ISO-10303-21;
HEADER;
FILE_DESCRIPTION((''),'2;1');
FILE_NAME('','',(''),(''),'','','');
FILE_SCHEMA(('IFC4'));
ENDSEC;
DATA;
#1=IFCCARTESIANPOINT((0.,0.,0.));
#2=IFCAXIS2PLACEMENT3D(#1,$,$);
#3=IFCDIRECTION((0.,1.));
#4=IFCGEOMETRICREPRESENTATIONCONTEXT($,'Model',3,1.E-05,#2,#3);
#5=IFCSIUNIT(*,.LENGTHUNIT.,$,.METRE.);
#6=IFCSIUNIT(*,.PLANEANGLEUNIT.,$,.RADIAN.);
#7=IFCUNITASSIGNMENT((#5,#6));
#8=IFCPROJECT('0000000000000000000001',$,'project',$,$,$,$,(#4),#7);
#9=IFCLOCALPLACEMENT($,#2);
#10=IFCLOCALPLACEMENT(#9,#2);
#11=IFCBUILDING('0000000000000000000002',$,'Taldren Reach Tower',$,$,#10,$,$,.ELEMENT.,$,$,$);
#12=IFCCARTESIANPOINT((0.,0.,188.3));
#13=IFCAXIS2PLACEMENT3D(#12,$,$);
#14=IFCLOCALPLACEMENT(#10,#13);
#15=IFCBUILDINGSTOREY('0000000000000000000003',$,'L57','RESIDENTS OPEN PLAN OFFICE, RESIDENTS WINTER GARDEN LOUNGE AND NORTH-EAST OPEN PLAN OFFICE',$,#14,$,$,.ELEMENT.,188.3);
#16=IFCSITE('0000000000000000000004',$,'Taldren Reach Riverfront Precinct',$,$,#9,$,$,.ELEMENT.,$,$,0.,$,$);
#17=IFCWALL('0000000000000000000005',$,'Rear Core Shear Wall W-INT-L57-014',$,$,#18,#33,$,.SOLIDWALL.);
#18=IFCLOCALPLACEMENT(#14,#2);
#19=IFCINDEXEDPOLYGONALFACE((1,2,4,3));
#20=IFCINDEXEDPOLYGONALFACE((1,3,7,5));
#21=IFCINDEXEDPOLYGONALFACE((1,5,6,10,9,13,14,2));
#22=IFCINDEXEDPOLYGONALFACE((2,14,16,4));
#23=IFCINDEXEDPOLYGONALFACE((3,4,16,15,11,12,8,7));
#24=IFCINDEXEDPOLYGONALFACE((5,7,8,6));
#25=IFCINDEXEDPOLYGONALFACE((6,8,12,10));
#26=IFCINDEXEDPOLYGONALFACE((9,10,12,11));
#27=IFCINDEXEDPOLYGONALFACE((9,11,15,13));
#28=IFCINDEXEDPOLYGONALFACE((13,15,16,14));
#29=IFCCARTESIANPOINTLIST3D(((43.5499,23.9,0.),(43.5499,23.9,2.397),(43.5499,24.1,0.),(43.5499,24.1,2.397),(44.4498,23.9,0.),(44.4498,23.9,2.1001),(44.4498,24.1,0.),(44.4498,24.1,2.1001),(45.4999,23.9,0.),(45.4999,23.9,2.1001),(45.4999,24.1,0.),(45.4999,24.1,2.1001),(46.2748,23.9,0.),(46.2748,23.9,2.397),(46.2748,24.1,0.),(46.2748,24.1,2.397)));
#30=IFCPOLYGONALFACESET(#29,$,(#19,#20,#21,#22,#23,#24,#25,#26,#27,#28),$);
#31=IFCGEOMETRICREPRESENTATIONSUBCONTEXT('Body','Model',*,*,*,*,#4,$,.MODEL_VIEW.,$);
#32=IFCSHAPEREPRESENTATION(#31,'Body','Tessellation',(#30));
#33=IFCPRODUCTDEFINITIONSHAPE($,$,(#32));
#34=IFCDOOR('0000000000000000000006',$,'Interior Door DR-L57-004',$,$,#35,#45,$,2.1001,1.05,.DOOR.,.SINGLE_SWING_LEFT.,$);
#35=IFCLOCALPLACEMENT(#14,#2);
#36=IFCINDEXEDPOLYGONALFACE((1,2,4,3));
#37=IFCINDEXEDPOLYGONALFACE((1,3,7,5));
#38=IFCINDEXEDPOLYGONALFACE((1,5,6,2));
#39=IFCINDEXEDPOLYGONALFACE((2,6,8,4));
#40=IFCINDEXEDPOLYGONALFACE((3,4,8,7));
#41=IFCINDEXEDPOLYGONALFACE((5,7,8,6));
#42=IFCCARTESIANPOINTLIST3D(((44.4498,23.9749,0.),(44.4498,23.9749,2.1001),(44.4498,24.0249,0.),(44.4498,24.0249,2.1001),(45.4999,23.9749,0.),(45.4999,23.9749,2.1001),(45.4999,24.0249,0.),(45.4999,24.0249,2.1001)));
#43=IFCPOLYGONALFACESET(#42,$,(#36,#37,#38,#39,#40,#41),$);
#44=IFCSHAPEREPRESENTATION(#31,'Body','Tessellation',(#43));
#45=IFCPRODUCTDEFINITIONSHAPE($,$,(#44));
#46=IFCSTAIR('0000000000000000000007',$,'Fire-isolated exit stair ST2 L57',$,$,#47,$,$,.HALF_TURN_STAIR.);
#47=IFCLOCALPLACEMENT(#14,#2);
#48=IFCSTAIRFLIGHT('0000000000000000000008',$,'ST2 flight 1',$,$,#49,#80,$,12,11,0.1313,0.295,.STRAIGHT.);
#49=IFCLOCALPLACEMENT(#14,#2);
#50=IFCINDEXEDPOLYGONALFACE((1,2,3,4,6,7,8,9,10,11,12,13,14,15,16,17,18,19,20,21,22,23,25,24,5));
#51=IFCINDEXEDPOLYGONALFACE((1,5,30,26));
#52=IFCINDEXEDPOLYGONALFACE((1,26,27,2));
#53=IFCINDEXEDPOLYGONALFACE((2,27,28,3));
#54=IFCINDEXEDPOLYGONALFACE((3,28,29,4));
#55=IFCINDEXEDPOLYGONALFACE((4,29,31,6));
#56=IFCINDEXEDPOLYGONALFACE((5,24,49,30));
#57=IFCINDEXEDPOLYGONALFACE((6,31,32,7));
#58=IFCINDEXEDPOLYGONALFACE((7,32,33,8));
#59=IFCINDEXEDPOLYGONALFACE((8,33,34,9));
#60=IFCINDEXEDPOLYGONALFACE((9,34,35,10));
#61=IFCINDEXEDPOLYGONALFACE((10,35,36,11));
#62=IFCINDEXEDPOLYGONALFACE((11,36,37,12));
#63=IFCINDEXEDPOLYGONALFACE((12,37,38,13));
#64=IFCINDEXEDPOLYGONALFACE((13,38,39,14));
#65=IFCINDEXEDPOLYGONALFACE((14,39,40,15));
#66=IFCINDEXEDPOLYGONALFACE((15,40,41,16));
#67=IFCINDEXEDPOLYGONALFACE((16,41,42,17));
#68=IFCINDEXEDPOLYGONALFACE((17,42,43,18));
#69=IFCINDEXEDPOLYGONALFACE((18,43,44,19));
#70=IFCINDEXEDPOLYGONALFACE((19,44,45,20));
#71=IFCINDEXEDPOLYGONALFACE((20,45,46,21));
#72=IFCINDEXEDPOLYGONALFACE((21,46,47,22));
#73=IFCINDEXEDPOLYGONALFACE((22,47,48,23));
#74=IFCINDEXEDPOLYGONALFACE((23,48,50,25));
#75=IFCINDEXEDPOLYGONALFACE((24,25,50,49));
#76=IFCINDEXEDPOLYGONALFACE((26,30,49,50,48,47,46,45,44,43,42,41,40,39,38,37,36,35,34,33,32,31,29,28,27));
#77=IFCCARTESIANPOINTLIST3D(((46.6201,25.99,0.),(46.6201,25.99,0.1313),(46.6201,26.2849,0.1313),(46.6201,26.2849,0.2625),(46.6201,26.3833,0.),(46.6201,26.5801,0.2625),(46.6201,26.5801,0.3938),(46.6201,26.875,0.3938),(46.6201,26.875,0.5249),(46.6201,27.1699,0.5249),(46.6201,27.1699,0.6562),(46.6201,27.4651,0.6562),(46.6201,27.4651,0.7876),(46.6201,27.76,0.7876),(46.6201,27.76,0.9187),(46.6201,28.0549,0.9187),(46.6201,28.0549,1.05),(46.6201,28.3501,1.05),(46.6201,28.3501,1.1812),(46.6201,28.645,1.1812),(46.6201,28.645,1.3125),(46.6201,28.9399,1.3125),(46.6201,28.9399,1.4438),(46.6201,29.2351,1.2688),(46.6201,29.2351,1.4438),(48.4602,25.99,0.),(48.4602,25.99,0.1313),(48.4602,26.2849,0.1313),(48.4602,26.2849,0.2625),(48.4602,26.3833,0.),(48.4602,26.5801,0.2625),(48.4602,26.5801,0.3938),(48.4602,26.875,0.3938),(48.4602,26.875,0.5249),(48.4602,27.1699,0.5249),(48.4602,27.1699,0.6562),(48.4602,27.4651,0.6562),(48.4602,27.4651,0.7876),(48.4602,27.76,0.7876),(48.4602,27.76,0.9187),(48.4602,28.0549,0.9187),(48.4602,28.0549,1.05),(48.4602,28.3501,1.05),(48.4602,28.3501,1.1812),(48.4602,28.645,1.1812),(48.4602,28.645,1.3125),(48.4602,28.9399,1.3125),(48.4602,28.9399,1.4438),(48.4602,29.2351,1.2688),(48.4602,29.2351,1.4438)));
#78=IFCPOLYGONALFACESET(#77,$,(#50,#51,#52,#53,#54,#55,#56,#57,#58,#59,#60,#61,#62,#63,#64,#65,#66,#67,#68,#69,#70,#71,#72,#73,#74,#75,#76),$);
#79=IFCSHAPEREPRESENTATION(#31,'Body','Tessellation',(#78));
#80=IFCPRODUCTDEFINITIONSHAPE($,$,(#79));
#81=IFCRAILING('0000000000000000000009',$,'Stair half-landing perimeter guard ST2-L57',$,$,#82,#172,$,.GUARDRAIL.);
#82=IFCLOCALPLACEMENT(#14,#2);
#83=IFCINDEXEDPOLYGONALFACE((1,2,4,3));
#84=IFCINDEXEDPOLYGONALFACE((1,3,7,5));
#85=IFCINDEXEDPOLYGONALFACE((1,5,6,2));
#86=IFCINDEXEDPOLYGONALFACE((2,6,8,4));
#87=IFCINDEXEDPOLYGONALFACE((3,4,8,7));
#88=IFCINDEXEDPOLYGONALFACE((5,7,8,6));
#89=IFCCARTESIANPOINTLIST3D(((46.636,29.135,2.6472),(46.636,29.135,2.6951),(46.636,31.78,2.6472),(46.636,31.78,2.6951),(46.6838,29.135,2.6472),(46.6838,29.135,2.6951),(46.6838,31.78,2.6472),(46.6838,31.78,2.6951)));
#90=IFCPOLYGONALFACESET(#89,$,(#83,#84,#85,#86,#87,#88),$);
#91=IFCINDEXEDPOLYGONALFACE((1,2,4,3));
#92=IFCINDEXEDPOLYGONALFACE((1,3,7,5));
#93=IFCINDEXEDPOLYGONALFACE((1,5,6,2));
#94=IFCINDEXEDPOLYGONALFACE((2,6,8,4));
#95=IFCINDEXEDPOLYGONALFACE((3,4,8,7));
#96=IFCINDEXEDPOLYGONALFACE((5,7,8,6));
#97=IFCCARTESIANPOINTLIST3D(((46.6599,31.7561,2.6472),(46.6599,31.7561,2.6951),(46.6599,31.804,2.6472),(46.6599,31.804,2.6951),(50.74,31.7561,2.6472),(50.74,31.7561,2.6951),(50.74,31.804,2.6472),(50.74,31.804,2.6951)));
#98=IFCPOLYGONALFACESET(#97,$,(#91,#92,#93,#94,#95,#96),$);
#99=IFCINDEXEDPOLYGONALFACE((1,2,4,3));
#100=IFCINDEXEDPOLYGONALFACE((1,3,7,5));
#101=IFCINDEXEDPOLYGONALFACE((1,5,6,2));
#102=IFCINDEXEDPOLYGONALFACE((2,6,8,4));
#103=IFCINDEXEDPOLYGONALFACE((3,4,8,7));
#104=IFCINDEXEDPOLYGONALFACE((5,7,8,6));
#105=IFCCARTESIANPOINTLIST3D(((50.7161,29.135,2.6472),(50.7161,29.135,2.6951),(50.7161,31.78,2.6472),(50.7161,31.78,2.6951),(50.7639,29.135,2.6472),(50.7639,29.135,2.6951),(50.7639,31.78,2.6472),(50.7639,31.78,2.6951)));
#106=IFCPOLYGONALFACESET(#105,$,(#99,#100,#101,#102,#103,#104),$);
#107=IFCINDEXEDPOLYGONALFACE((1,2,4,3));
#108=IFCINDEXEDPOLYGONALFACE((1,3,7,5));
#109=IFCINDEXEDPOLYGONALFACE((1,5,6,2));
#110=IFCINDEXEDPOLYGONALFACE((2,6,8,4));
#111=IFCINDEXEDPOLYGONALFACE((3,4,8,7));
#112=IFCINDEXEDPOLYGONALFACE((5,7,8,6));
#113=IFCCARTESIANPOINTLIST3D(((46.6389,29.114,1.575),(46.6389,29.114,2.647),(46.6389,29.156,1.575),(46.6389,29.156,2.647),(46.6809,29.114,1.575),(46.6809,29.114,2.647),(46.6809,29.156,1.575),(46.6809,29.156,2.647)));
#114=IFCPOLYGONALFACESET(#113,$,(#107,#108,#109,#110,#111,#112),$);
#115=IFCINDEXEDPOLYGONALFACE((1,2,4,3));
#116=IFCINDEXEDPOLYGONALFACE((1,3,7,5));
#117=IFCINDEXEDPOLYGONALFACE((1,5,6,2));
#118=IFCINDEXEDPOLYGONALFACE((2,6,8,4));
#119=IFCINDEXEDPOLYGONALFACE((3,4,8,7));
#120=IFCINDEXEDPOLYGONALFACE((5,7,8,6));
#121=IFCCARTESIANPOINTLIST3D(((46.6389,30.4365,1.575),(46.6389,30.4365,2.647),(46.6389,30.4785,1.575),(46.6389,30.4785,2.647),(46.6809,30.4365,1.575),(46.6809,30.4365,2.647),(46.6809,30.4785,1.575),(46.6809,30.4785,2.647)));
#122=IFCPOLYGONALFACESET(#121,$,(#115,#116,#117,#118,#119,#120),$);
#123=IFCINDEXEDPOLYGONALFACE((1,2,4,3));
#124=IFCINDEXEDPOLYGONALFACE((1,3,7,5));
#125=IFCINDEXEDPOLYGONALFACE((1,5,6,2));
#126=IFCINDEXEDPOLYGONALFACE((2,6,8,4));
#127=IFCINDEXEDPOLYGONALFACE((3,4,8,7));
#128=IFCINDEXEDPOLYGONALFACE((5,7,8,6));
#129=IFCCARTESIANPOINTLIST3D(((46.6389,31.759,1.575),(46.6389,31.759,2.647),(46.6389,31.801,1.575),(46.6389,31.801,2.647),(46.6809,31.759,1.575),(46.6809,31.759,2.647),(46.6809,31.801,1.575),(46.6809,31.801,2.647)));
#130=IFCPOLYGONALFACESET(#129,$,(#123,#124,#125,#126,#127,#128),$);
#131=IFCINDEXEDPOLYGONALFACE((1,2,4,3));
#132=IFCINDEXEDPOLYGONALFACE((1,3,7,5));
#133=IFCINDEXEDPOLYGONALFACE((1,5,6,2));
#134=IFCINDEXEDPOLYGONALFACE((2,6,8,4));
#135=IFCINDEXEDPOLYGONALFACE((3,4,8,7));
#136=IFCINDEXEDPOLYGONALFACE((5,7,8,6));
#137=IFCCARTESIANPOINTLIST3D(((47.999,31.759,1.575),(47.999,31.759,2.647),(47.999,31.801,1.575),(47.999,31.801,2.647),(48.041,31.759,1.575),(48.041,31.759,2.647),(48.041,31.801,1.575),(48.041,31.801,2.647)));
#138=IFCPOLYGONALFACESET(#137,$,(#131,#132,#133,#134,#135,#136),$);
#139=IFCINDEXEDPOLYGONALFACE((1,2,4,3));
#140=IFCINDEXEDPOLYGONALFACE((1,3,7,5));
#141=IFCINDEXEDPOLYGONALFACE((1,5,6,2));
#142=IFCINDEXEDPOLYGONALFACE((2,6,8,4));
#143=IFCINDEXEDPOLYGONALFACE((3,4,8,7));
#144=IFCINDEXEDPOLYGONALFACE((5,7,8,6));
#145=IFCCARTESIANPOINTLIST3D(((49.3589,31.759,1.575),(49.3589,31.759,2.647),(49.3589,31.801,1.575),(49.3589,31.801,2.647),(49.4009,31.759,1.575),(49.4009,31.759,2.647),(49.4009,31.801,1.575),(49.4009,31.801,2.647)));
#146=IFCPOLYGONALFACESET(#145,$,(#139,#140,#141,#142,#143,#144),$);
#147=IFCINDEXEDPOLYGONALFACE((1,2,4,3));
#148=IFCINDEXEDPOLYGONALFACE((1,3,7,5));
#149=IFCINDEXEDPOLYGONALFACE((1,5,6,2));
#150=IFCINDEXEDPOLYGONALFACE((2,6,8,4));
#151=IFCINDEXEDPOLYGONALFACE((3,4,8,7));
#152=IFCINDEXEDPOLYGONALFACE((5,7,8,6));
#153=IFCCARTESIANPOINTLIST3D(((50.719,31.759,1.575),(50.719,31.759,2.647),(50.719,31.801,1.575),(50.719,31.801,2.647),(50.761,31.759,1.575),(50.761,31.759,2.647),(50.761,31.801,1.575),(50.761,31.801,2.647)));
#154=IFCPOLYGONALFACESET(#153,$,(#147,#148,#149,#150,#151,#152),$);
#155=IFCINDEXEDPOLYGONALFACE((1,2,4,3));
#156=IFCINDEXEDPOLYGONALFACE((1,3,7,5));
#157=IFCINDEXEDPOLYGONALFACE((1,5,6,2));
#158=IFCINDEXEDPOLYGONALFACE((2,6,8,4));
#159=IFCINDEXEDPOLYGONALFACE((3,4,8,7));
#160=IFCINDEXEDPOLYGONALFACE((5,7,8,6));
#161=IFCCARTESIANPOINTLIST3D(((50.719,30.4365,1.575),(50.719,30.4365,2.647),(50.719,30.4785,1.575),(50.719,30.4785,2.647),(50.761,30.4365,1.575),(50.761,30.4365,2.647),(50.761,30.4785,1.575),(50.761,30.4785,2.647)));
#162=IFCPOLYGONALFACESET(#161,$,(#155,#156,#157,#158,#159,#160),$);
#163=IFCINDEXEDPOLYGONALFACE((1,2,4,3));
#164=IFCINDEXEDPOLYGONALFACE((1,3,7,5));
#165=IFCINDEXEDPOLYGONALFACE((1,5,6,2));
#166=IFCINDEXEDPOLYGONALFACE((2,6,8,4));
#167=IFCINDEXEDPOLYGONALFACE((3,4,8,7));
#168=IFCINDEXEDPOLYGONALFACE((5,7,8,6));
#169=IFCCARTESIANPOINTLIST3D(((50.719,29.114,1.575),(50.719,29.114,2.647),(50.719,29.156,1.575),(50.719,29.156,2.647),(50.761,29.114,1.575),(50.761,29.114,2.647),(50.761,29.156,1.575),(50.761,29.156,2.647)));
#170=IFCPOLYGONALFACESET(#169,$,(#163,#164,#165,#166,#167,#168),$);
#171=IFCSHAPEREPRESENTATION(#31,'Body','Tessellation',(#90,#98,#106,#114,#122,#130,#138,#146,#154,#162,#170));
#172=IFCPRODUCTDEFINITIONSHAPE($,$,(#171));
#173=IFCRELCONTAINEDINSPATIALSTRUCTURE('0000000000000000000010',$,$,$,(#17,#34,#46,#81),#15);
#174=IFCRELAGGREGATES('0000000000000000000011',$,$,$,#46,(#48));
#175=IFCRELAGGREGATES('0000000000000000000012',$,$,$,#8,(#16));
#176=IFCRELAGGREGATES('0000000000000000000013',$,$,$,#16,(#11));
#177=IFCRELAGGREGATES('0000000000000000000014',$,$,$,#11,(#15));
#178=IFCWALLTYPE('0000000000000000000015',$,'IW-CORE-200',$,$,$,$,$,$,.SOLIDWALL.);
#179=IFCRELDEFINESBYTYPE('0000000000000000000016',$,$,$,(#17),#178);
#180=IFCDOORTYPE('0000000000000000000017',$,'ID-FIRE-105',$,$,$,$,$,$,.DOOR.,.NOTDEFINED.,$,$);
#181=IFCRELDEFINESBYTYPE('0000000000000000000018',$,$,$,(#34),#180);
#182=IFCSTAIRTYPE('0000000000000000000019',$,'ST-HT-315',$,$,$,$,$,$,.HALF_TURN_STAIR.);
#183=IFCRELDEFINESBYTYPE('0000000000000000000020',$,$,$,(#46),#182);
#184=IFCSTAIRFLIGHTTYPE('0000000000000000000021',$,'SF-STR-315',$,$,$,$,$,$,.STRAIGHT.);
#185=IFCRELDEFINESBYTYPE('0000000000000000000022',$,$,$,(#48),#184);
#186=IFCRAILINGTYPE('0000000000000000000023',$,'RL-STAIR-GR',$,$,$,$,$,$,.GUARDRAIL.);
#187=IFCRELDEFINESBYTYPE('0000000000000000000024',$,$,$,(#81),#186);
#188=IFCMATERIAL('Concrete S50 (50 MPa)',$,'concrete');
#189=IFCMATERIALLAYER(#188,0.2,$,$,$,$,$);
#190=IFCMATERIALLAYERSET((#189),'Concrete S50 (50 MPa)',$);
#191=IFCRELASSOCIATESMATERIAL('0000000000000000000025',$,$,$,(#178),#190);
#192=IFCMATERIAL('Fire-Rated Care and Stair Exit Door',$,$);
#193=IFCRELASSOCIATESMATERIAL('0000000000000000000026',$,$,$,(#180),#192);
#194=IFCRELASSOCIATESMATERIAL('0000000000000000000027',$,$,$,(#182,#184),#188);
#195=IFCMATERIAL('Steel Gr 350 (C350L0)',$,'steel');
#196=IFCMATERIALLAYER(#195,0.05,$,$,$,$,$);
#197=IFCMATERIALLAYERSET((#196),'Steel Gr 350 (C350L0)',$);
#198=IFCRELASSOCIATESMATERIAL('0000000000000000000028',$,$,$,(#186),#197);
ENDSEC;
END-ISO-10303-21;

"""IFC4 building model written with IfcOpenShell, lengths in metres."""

from ifc_helpers import new_model, si_unit, direction, frame, frame_2d, origin, origin_2d, place, context, subcontext, project, spatial, polyline, rectangle, outline, extrude, source, transform, mapped, material, layer, layer_set, type_object, element, fill, aggregate, save


model = new_model("IFC4")

# Units and contexts
model_context = context("Model", 3, precision=1e-05, world=origin(), true_north=direction((0.0, 1.0)))
body_context = subcontext(model_context, "Body", "Model", "MODEL_VIEW")
ifc_project = project(units=[si_unit("LENGTHUNIT", "METRE"), si_unit("PLANEANGLEUNIT", "RADIAN")], contexts=[model_context])

# Site, building, storey
site_placement = place(None, origin())
site = spatial("IfcSite", under=ifc_project, at=site_placement, Name="Taldren Reach Riverfront Precinct", CompositionType="ELEMENT", RefElevation=0.0)
building_placement = place(site_placement, origin())
building = spatial("IfcBuilding", under=site, at=building_placement, Name="Taldren Reach Tower", CompositionType="ELEMENT")
storey_placement = place(building_placement, frame((0.0, 0.0, 188.3)))
storey = spatial("IfcBuildingStorey", under=building, at=storey_placement, Name="L57", Description="RESIDENTS OPEN PLAN OFFICE, RESIDENTS WINTER GARDEN LOUNGE AND NORTH-EAST OPEN PLAN OFFICE", CompositionType="ELEMENT", Elevation=188.3)

# Shared definitions
ifc_material_1 = material(Name="Steel Gr 350 (C350L0)", Category="steel")

# Shared definitions
ifc_material_2 = material(Name="Concrete S50 (50 MPa)", Category="concrete")
ifc_layer_1 = layer(ifc_material_2, 0.2)
ifc_layer_set_1 = layer_set([ifc_layer_1], Name="Concrete S50 (50 MPa)")
wall_type_1 = type_object("IfcWallType", Name="IW-CORE-200", PredefinedType="SOLIDWALL", material=ifc_layer_set_1)
shared_shape_1 = source(origin(), body_context, "Body", "SweptSolid", [
    extrude(rectangle(XDim=1.05, YDim=2.1001, at=frame_2d((0.5249, 1.05))), frame((0.0, 0.1099, 0.0), z_axis=(0.0, -1.0, 0.0), x_axis=(1.0, 0.0, 0.0)), (0.0, 0.0, 1.0), 0.22),
])
ifc_material_3 = material(Name="Fire-Rated Care and Stair Exit Door")
door_type_1 = type_object("IfcDoorType", Name="ID-FIRE-105", OperationType="NOTDEFINED", PredefinedType="DOOR", material=ifc_material_3)
shared_shape_2 = source(origin(), body_context, "Body", "SweptSolid", [
    extrude(rectangle(XDim=1.05, YDim=2.1001, at=frame_2d((0.5249, 1.05))), frame((0.0, 0.0249, 0.0), z_axis=(0.0, -1.0, 0.0), x_axis=(1.0, 0.0, 0.0)), (0.0, 0.0, 1.0), 0.05),
])

# Wall, opening, door
shared_shape_3 = source(origin(), body_context, "Body", "SweptSolid", [
    extrude(rectangle(XDim=2.7249, YDim=0.2, at=frame_2d((1.3623, 0.0))), origin(), (0.0, 0.0, 1.0), 2.397),
])
wall_1_placement = place(storey_placement, frame((43.55, 24.0, 0.0), z_axis=(0.0, 0.0, 1.0), x_axis=(1.0, 0.0, 0.0)))
wall_1 = element("IfcWall", 1, at=wall_1_placement, inside=storey, type_object=wall_type_1, Name="Rear Core Shear Wall W-INT-L57-014", PredefinedType="SOLIDWALL", context=body_context, shape_type="MappedRepresentation", body=[
    mapped(shared_shape_3, transform((0.0, 0.0, 0.0), scale=1.0)),
])
opening_1_placement = place(wall_1_placement, frame((0.8999, 0.0, 0.0)))
opening_1 = element("IfcOpeningElement", 2, at=opening_1_placement, cuts=wall_1, PredefinedType="OPENING", context=body_context, shape_type="MappedRepresentation", body=[
    mapped(shared_shape_1, transform((0.0, 0.0, 0.0), scale=1.0)),
])
door_1_placement = place(opening_1_placement, origin())
door_1 = element("IfcDoor", 3, at=door_1_placement, inside=storey, type_object=door_type_1, Name="Interior Door DR-L57-004", OperationType="SINGLE_SWING_LEFT", OverallHeight=2.1001, OverallWidth=1.05, PredefinedType="DOOR", context=body_context, shape_type="MappedRepresentation", body=[
    mapped(shared_shape_2, transform((0.0, 0.0, 0.0), scale=1.0)),
])
fill(opening_1, door_1)

# Stair, stair flight
stair_type = type_object("IfcStairType", Name="ST-HT-315", PredefinedType="HALF_TURN_STAIR", material=ifc_material_2)
stair_placement = place(storey_placement, origin())
stair = element("IfcStair", 4, at=stair_placement, inside=storey, type_object=stair_type, Name="Fire-isolated exit stair ST2 L57", PredefinedType="HALF_TURN_STAIR")
stair_flight_type = type_object("IfcStairFlightType", Name="SF-STR-315", PredefinedType="STRAIGHT", material=ifc_material_2)
stair_flight_placement = place(storey_placement, frame((47.54, 25.99, 0.0), z_axis=(0.0, 0.0, 1.0), x_axis=(0.0, 1.0, 0.0)))
stair_flight = element("IfcStairFlight", 5, at=stair_flight_placement, type_object=stair_flight_type, Name="ST2 flight 1", NumberOfRisers=12, NumberOfTreads=11, PredefinedType="STRAIGHT", RiserHeight=0.1313, TreadLength=0.295, context=body_context, shape_type="SweptSolid", body=[
    extrude(outline(polyline([(0.0, 0.0), (0.0, 0.1313), (0.2949, 0.1313), (0.2949, 0.2625), (0.5901, 0.2625), (0.5901, 0.3938), (0.885, 0.3938), (0.885, 0.5249), (1.1799, 0.5249), (1.1799, 0.6562), (1.4751, 0.6562), (1.4751, 0.7876), (1.77, 0.7876), (1.77, 0.9187), (2.0649, 0.9187), (2.0649, 1.05), (2.3601, 1.05), (2.3601, 1.1812), (2.655, 1.1812), (2.655, 1.3125), (2.95, 1.3125), (2.95, 1.4438), (3.2451, 1.4438), (3.2451, 1.575), (3.2451, 1.2688), (0.3933, 0.0), (0.0, 0.0)])), frame((0.0, 0.9199, 0.0), z_axis=(0.0, -1.0, 0.0), x_axis=(1.0, 0.0, 0.0)), (0.0, 0.0, 1.0), 1.8401),
])
aggregate(stair, [stair_flight])

# Railing
ifc_layer_2 = layer(ifc_material_1, 0.05)
ifc_layer_set_2 = layer_set([ifc_layer_2], Name="Steel Gr 350 (C350L0)")
railing_type_1 = type_object("IfcRailingType", Name="RL-STAIR-GR", PredefinedType="GUARDRAIL", material=ifc_layer_set_2)
railing_1_placement = place(storey_placement, frame((46.6599, 29.135, 1.575)))
element("IfcRailing", 6, at=railing_1_placement, inside=storey, type_object=railing_type_1, Name="Stair half-landing perimeter guard ST2-L57", PredefinedType="GUARDRAIL", context=body_context, shape_type="SweptSolid", body=[
    extrude(rectangle(XDim=0.0479, YDim=0.0479, at=origin_2d()), frame((0.0, 0.0, 1.0962), z_axis=(0.0, 1.0, 0.0), x_axis=(-1.0, 0.0, 0.0)), (0.0, 0.0, 1.0), 2.645),
    extrude(rectangle(XDim=0.0479, YDim=0.0479, at=origin_2d()), frame((0.0, 2.645, 1.0962), z_axis=(1.0, 0.0, 0.0), x_axis=(0.0, 1.0, 0.0)), (0.0, 0.0, 1.0), 4.0801),
    extrude(rectangle(XDim=0.0479, YDim=0.0479, at=origin_2d()), frame((4.0801, 2.645, 1.0962), z_axis=(0.0, -1.0, 0.0), x_axis=(1.0, 0.0, 0.0)), (0.0, 0.0, 1.0), 2.645),
    extrude(rectangle(XDim=0.042, YDim=0.042, at=origin_2d()), origin(), (0.0, 0.0, 1.0), 1.072),
    extrude(rectangle(XDim=0.042, YDim=0.042, at=origin_2d()), frame((0.0, 1.3225, 0.0)), (0.0, 0.0, 1.0), 1.072),
    extrude(rectangle(XDim=0.042, YDim=0.042, at=origin_2d()), frame((0.0, 2.645, 0.0)), (0.0, 0.0, 1.0), 1.072),
    extrude(rectangle(XDim=0.042, YDim=0.042, at=origin_2d()), frame((1.3601, 2.645, 0.0)), (0.0, 0.0, 1.0), 1.072),
    extrude(rectangle(XDim=0.042, YDim=0.042, at=origin_2d()), frame((2.72, 2.645, 0.0)), (0.0, 0.0, 1.0), 1.072),
    extrude(rectangle(XDim=0.042, YDim=0.042, at=origin_2d()), frame((4.0801, 2.645, 0.0)), (0.0, 0.0, 1.0), 1.072),
    extrude(rectangle(XDim=0.042, YDim=0.042, at=origin_2d()), frame((4.0801, 1.3225, 0.0)), (0.0, 0.0, 1.0), 1.072),
    extrude(rectangle(XDim=0.042, YDim=0.042, at=origin_2d()), frame((4.0801, 0.0, 0.0)), (0.0, 0.0, 1.0), 1.072),
])

save(model, "model.ifc")
